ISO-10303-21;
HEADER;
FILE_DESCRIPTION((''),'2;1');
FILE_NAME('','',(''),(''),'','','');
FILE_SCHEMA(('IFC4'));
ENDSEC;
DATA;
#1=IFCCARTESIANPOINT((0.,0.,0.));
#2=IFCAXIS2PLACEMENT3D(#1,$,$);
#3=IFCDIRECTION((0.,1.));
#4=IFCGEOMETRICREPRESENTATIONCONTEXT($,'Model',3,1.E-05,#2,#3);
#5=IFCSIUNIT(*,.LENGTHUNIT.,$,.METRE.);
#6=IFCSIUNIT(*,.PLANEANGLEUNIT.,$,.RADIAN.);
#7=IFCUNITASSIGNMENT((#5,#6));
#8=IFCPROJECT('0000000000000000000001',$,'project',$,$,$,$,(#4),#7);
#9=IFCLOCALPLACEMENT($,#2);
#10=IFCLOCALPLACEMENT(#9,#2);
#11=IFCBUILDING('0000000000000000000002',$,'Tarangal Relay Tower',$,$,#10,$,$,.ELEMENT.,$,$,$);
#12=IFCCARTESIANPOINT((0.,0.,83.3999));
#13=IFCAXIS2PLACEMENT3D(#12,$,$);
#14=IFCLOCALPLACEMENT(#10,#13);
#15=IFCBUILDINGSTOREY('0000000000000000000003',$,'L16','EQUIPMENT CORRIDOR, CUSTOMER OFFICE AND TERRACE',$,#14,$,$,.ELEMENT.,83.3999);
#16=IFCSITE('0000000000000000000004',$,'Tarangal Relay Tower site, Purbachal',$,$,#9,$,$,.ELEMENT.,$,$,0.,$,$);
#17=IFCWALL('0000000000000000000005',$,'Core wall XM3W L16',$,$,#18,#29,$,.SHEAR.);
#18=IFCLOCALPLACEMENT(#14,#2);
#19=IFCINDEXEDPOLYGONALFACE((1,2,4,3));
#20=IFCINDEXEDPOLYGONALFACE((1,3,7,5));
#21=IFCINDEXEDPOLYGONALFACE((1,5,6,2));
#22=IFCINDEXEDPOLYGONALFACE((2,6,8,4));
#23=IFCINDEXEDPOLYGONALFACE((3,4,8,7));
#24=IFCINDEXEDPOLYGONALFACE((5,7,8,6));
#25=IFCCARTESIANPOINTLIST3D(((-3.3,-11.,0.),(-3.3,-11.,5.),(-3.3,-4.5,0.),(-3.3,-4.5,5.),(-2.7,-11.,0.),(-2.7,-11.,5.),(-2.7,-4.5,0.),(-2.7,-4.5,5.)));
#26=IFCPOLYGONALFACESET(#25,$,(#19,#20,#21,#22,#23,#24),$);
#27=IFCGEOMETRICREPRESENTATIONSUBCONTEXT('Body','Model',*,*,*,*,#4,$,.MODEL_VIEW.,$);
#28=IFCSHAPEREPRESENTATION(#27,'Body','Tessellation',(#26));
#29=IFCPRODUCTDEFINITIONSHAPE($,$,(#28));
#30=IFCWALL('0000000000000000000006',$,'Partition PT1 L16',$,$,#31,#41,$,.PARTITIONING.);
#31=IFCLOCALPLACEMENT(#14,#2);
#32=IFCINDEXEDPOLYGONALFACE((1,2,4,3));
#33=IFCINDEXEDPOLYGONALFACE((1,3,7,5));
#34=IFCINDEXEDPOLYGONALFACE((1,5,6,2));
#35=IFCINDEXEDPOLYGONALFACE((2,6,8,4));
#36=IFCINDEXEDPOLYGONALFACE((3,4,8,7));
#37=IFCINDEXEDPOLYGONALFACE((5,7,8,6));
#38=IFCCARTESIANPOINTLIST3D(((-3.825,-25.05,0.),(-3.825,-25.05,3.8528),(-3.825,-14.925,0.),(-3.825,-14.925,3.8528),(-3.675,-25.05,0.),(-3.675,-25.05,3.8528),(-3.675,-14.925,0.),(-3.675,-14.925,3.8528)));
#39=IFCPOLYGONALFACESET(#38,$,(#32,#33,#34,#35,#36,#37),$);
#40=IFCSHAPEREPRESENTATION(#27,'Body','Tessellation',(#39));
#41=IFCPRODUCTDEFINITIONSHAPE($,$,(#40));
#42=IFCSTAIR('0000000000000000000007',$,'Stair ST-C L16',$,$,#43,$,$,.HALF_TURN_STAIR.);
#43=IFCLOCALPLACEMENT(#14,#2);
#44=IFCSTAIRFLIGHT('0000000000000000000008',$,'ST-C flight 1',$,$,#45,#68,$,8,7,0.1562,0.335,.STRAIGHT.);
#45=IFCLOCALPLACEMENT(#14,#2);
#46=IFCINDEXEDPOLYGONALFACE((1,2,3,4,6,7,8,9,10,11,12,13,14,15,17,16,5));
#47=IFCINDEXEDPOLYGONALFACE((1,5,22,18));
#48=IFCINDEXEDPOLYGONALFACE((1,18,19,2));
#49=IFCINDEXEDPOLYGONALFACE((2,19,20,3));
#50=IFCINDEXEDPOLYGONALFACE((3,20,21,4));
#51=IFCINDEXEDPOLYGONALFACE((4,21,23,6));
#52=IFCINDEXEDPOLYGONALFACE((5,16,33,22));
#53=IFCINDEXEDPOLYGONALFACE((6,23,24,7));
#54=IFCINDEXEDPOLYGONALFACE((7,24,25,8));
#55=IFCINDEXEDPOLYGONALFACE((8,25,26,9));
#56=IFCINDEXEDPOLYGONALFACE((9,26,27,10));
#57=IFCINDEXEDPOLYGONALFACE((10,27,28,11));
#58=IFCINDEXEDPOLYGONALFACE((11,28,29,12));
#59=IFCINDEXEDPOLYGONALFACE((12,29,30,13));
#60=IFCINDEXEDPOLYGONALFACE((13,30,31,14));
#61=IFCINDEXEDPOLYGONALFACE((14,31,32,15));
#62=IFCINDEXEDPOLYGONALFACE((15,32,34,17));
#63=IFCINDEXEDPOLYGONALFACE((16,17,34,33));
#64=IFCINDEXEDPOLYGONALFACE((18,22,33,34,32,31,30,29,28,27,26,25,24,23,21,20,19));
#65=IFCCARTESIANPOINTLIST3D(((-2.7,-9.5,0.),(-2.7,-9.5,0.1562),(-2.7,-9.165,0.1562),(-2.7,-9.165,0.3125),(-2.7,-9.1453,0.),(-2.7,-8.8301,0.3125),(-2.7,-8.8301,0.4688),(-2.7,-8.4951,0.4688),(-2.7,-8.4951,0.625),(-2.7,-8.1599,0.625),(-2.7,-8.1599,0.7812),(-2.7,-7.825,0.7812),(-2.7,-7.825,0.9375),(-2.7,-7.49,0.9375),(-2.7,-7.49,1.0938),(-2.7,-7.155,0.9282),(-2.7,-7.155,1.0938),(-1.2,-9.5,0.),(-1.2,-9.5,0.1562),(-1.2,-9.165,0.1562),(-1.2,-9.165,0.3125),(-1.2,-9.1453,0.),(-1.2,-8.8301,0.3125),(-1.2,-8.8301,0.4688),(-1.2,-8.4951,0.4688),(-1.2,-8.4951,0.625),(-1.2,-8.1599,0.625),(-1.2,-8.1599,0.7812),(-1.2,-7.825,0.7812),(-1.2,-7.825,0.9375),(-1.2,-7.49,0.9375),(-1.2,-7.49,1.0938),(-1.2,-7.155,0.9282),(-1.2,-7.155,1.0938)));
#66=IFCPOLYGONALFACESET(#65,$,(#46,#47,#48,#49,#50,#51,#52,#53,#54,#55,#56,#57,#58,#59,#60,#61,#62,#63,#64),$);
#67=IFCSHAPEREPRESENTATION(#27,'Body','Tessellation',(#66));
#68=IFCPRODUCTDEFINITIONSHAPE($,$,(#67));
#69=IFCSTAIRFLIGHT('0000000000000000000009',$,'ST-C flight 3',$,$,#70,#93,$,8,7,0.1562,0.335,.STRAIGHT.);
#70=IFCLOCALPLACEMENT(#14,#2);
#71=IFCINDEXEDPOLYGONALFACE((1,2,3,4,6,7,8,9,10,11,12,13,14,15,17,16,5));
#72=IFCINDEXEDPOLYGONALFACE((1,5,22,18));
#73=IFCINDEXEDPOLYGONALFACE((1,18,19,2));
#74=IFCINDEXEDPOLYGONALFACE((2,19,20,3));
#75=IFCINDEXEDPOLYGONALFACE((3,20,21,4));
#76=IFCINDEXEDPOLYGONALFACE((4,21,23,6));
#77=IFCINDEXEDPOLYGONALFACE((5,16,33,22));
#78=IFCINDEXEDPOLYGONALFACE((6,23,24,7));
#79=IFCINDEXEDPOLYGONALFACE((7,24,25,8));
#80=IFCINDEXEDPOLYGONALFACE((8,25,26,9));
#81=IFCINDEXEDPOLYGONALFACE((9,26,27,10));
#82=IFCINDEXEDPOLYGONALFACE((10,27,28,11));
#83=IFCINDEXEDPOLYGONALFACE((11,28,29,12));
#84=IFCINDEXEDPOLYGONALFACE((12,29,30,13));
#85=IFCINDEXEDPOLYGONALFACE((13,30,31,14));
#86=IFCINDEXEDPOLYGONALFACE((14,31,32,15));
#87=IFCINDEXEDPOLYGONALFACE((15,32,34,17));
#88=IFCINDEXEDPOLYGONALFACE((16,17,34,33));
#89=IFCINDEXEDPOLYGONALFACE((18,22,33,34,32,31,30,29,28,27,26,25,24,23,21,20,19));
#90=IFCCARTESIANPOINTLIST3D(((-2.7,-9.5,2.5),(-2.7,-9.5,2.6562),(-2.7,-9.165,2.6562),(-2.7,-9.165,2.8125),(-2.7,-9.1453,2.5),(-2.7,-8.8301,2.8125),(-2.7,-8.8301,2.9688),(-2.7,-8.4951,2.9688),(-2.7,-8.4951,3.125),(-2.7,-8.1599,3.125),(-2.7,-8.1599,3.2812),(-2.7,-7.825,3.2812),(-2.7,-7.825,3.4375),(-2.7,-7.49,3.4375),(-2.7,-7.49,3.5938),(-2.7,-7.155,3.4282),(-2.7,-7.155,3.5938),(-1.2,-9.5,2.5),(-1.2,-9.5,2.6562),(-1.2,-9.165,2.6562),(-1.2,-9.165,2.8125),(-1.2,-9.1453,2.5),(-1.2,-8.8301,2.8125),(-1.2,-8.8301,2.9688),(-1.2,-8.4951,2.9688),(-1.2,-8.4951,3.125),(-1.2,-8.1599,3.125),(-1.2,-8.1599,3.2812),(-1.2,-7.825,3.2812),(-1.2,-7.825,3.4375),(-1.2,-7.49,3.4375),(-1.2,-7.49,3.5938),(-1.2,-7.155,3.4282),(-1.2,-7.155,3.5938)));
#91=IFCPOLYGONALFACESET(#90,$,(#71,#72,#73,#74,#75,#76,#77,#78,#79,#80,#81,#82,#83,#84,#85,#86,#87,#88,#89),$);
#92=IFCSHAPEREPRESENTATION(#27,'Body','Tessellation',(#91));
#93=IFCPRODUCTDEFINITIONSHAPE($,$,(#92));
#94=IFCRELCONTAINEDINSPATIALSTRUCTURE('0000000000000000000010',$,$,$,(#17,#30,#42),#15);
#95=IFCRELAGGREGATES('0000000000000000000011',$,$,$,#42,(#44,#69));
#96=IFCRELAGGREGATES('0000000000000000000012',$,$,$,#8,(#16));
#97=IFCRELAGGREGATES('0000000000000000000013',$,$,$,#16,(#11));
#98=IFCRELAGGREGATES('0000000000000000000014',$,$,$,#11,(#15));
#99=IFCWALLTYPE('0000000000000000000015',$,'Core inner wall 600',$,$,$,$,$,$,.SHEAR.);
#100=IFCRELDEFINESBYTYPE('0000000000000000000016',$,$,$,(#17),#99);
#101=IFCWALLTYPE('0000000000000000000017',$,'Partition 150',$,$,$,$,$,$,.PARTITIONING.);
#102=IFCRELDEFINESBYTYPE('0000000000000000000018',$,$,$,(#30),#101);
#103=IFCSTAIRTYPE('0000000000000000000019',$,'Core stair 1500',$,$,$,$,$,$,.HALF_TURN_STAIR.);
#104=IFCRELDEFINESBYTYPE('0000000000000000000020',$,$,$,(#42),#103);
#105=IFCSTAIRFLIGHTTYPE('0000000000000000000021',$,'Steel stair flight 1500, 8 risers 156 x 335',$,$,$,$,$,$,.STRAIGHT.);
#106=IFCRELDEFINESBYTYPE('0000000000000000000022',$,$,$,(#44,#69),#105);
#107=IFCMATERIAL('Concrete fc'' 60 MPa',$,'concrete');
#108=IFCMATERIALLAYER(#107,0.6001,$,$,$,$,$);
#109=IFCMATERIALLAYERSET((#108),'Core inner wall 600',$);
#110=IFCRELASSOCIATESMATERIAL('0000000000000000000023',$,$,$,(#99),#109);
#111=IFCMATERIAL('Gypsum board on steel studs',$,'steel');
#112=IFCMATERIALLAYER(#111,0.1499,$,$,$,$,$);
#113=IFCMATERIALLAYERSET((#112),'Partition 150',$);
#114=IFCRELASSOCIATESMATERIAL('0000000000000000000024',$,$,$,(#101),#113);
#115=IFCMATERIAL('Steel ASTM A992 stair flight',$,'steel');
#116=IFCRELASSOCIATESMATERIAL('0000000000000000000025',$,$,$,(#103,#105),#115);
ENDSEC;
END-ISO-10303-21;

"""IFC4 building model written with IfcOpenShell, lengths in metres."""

from ifc_helpers import new_model, si_unit, direction, frame, frame_2d, origin, place, context, subcontext, project, spatial, polyline, rectangle, outline, extrude, material, layer, layer_set, type_object, element, aggregate, save


model = new_model("IFC4")

# Units and contexts
model_context = context("Model", 3, precision=1e-05, world=origin(), true_north=direction((0.0, 1.0)))
body_context = subcontext(model_context, "Body", "Model", "MODEL_VIEW")
ifc_project = project(units=[si_unit("LENGTHUNIT", "METRE"), si_unit("PLANEANGLEUNIT", "RADIAN")], contexts=[model_context])

# Site, building, storey
site_placement = place(None, origin())
site = spatial("IfcSite", under=ifc_project, at=site_placement, Name="Tarangal Relay Tower site, Purbachal", CompositionType="ELEMENT", RefElevation=0.0)
building_placement = place(site_placement, origin())
building = spatial("IfcBuilding", under=site, at=building_placement, Name="Tarangal Relay Tower", CompositionType="ELEMENT")
storey_placement = place(building_placement, frame((0.0, 0.0, 83.3999)))
storey = spatial("IfcBuildingStorey", under=building, at=storey_placement, Name="L16", Description="EQUIPMENT CORRIDOR, CUSTOMER OFFICE AND TERRACE", CompositionType="ELEMENT", Elevation=83.3999)

# Shared definitions
ifc_material_1 = material(Name="Concrete fc' 60 MPa", Category="concrete")
ifc_layer_1 = layer(ifc_material_1, 0.6001)
ifc_layer_set_1 = layer_set([ifc_layer_1], Name="Core inner wall 600")
wall_type_1 = type_object("IfcWallType", Name="Core inner wall 600", PredefinedType="SHEAR", material=ifc_layer_set_1)

# Walls
wall_1_placement = place(storey_placement, frame((-3.0, -11.0, 0.0), z_axis=(0.0, 0.0, 1.0), x_axis=(0.0, 1.0, 0.0)))
element("IfcWall", 1, at=wall_1_placement, inside=storey, type_object=wall_type_1, Name="Core wall XM3W L16", PredefinedType="SHEAR", context=body_context, shape_type="SweptSolid", body=[
    extrude(rectangle(XDim=6.5, YDim=0.6001, at=frame_2d((3.25, 0.0))), origin(), (0.0, 0.0, 1.0), 5.0),
])
ifc_material_2 = material(Name="Gypsum board on steel studs", Category="steel")
ifc_layer_2 = layer(ifc_material_2, 0.1499)
ifc_layer_set_2 = layer_set([ifc_layer_2], Name="Partition 150")
wall_type_2 = type_object("IfcWallType", Name="Partition 150", PredefinedType="PARTITIONING", material=ifc_layer_set_2)
wall_2_placement = place(storey_placement, frame((-3.75, -25.05, 0.0), z_axis=(0.0, 0.0, 1.0), x_axis=(0.0, 1.0, 0.0)))
element("IfcWall", 2, at=wall_2_placement, inside=storey, type_object=wall_type_2, Name="Partition PT1 L16", PredefinedType="PARTITIONING", context=body_context, shape_type="SweptSolid", body=[
    extrude(rectangle(XDim=10.125, YDim=0.1499, at=frame_2d((5.0625, 0.0))), origin(), (0.0, 0.0, 1.0), 3.8528),
])

# Stair, stair flights
ifc_material_3 = material(Name="Steel ASTM A992 stair flight", Category="steel")
stair_type = type_object("IfcStairType", Name="Core stair 1500", PredefinedType="HALF_TURN_STAIR", material=ifc_material_3)
stair_placement = place(storey_placement, origin())
stair = element("IfcStair", 3, at=stair_placement, inside=storey, type_object=stair_type, Name="Stair ST-C L16", PredefinedType="HALF_TURN_STAIR")
stair_flight_type = type_object("IfcStairFlightType", Name="Steel stair flight 1500, 8 risers 156 x 335", PredefinedType="STRAIGHT", material=ifc_material_3)
stair_flight_1_placement = place(storey_placement, frame((-1.95, -9.5, 0.0), z_axis=(0.0, 0.0, 1.0), x_axis=(0.0, 1.0, 0.0)))
stair_flight_1 = element("IfcStairFlight", 4, at=stair_flight_1_placement, type_object=stair_flight_type, Name="ST-C flight 1", NumberOfRisers=8, NumberOfTreads=7, PredefinedType="STRAIGHT", RiserHeight=0.1562, TreadLength=0.335, context=body_context, shape_type="SweptSolid", body=[
    extrude(outline(polyline([(0.0, 0.0), (0.0, 0.1562), (0.335, 0.1562), (0.335, 0.3125), (0.6699, 0.3125), (0.6699, 0.4688), (1.0049, 0.4688), (1.0049, 0.625), (1.3401, 0.625), (1.3401, 0.7812), (1.675, 0.7812), (1.675, 0.9375), (2.01, 0.9375), (2.01, 1.0938), (2.345, 1.0938), (2.345, 1.25), (2.345, 0.9282), (0.3547, 0.0), (0.0, 0.0)])), frame((0.0, 0.75, 0.0), z_axis=(0.0, -1.0, 0.0), x_axis=(1.0, 0.0, 0.0)), (0.0, 0.0, 1.0), 1.5),
])
stair_flight_2_placement = place(storey_placement, frame((-1.95, -9.5, 2.5), z_axis=(0.0, 0.0, 1.0), x_axis=(0.0, 1.0, 0.0)))
stair_flight_2 = element("IfcStairFlight", 5, at=stair_flight_2_placement, type_object=stair_flight_type, Name="ST-C flight 3", NumberOfRisers=8, NumberOfTreads=7, PredefinedType="STRAIGHT", RiserHeight=0.1562, TreadLength=0.335, context=body_context, shape_type="SweptSolid", body=[
    extrude(outline(polyline([(0.0, 0.0), (0.0, 0.1562), (0.335, 0.1562), (0.335, 0.3125), (0.6699, 0.3125), (0.6699, 0.4688), (1.0049, 0.4688), (1.0049, 0.625), (1.3401, 0.625), (1.3401, 0.7812), (1.675, 0.7812), (1.675, 0.9375), (2.01, 0.9375), (2.01, 1.0938), (2.345, 1.0938), (2.345, 1.25), (2.345, 0.9282), (0.3547, 0.0), (0.0, 0.0)])), frame((0.0, 0.75, 0.0), z_axis=(0.0, -1.0, 0.0), x_axis=(1.0, 0.0, 0.0)), (0.0, 0.0, 1.0), 1.5),
])
aggregate(stair, [stair_flight_1, stair_flight_2])

save(model, "model.ifc")
